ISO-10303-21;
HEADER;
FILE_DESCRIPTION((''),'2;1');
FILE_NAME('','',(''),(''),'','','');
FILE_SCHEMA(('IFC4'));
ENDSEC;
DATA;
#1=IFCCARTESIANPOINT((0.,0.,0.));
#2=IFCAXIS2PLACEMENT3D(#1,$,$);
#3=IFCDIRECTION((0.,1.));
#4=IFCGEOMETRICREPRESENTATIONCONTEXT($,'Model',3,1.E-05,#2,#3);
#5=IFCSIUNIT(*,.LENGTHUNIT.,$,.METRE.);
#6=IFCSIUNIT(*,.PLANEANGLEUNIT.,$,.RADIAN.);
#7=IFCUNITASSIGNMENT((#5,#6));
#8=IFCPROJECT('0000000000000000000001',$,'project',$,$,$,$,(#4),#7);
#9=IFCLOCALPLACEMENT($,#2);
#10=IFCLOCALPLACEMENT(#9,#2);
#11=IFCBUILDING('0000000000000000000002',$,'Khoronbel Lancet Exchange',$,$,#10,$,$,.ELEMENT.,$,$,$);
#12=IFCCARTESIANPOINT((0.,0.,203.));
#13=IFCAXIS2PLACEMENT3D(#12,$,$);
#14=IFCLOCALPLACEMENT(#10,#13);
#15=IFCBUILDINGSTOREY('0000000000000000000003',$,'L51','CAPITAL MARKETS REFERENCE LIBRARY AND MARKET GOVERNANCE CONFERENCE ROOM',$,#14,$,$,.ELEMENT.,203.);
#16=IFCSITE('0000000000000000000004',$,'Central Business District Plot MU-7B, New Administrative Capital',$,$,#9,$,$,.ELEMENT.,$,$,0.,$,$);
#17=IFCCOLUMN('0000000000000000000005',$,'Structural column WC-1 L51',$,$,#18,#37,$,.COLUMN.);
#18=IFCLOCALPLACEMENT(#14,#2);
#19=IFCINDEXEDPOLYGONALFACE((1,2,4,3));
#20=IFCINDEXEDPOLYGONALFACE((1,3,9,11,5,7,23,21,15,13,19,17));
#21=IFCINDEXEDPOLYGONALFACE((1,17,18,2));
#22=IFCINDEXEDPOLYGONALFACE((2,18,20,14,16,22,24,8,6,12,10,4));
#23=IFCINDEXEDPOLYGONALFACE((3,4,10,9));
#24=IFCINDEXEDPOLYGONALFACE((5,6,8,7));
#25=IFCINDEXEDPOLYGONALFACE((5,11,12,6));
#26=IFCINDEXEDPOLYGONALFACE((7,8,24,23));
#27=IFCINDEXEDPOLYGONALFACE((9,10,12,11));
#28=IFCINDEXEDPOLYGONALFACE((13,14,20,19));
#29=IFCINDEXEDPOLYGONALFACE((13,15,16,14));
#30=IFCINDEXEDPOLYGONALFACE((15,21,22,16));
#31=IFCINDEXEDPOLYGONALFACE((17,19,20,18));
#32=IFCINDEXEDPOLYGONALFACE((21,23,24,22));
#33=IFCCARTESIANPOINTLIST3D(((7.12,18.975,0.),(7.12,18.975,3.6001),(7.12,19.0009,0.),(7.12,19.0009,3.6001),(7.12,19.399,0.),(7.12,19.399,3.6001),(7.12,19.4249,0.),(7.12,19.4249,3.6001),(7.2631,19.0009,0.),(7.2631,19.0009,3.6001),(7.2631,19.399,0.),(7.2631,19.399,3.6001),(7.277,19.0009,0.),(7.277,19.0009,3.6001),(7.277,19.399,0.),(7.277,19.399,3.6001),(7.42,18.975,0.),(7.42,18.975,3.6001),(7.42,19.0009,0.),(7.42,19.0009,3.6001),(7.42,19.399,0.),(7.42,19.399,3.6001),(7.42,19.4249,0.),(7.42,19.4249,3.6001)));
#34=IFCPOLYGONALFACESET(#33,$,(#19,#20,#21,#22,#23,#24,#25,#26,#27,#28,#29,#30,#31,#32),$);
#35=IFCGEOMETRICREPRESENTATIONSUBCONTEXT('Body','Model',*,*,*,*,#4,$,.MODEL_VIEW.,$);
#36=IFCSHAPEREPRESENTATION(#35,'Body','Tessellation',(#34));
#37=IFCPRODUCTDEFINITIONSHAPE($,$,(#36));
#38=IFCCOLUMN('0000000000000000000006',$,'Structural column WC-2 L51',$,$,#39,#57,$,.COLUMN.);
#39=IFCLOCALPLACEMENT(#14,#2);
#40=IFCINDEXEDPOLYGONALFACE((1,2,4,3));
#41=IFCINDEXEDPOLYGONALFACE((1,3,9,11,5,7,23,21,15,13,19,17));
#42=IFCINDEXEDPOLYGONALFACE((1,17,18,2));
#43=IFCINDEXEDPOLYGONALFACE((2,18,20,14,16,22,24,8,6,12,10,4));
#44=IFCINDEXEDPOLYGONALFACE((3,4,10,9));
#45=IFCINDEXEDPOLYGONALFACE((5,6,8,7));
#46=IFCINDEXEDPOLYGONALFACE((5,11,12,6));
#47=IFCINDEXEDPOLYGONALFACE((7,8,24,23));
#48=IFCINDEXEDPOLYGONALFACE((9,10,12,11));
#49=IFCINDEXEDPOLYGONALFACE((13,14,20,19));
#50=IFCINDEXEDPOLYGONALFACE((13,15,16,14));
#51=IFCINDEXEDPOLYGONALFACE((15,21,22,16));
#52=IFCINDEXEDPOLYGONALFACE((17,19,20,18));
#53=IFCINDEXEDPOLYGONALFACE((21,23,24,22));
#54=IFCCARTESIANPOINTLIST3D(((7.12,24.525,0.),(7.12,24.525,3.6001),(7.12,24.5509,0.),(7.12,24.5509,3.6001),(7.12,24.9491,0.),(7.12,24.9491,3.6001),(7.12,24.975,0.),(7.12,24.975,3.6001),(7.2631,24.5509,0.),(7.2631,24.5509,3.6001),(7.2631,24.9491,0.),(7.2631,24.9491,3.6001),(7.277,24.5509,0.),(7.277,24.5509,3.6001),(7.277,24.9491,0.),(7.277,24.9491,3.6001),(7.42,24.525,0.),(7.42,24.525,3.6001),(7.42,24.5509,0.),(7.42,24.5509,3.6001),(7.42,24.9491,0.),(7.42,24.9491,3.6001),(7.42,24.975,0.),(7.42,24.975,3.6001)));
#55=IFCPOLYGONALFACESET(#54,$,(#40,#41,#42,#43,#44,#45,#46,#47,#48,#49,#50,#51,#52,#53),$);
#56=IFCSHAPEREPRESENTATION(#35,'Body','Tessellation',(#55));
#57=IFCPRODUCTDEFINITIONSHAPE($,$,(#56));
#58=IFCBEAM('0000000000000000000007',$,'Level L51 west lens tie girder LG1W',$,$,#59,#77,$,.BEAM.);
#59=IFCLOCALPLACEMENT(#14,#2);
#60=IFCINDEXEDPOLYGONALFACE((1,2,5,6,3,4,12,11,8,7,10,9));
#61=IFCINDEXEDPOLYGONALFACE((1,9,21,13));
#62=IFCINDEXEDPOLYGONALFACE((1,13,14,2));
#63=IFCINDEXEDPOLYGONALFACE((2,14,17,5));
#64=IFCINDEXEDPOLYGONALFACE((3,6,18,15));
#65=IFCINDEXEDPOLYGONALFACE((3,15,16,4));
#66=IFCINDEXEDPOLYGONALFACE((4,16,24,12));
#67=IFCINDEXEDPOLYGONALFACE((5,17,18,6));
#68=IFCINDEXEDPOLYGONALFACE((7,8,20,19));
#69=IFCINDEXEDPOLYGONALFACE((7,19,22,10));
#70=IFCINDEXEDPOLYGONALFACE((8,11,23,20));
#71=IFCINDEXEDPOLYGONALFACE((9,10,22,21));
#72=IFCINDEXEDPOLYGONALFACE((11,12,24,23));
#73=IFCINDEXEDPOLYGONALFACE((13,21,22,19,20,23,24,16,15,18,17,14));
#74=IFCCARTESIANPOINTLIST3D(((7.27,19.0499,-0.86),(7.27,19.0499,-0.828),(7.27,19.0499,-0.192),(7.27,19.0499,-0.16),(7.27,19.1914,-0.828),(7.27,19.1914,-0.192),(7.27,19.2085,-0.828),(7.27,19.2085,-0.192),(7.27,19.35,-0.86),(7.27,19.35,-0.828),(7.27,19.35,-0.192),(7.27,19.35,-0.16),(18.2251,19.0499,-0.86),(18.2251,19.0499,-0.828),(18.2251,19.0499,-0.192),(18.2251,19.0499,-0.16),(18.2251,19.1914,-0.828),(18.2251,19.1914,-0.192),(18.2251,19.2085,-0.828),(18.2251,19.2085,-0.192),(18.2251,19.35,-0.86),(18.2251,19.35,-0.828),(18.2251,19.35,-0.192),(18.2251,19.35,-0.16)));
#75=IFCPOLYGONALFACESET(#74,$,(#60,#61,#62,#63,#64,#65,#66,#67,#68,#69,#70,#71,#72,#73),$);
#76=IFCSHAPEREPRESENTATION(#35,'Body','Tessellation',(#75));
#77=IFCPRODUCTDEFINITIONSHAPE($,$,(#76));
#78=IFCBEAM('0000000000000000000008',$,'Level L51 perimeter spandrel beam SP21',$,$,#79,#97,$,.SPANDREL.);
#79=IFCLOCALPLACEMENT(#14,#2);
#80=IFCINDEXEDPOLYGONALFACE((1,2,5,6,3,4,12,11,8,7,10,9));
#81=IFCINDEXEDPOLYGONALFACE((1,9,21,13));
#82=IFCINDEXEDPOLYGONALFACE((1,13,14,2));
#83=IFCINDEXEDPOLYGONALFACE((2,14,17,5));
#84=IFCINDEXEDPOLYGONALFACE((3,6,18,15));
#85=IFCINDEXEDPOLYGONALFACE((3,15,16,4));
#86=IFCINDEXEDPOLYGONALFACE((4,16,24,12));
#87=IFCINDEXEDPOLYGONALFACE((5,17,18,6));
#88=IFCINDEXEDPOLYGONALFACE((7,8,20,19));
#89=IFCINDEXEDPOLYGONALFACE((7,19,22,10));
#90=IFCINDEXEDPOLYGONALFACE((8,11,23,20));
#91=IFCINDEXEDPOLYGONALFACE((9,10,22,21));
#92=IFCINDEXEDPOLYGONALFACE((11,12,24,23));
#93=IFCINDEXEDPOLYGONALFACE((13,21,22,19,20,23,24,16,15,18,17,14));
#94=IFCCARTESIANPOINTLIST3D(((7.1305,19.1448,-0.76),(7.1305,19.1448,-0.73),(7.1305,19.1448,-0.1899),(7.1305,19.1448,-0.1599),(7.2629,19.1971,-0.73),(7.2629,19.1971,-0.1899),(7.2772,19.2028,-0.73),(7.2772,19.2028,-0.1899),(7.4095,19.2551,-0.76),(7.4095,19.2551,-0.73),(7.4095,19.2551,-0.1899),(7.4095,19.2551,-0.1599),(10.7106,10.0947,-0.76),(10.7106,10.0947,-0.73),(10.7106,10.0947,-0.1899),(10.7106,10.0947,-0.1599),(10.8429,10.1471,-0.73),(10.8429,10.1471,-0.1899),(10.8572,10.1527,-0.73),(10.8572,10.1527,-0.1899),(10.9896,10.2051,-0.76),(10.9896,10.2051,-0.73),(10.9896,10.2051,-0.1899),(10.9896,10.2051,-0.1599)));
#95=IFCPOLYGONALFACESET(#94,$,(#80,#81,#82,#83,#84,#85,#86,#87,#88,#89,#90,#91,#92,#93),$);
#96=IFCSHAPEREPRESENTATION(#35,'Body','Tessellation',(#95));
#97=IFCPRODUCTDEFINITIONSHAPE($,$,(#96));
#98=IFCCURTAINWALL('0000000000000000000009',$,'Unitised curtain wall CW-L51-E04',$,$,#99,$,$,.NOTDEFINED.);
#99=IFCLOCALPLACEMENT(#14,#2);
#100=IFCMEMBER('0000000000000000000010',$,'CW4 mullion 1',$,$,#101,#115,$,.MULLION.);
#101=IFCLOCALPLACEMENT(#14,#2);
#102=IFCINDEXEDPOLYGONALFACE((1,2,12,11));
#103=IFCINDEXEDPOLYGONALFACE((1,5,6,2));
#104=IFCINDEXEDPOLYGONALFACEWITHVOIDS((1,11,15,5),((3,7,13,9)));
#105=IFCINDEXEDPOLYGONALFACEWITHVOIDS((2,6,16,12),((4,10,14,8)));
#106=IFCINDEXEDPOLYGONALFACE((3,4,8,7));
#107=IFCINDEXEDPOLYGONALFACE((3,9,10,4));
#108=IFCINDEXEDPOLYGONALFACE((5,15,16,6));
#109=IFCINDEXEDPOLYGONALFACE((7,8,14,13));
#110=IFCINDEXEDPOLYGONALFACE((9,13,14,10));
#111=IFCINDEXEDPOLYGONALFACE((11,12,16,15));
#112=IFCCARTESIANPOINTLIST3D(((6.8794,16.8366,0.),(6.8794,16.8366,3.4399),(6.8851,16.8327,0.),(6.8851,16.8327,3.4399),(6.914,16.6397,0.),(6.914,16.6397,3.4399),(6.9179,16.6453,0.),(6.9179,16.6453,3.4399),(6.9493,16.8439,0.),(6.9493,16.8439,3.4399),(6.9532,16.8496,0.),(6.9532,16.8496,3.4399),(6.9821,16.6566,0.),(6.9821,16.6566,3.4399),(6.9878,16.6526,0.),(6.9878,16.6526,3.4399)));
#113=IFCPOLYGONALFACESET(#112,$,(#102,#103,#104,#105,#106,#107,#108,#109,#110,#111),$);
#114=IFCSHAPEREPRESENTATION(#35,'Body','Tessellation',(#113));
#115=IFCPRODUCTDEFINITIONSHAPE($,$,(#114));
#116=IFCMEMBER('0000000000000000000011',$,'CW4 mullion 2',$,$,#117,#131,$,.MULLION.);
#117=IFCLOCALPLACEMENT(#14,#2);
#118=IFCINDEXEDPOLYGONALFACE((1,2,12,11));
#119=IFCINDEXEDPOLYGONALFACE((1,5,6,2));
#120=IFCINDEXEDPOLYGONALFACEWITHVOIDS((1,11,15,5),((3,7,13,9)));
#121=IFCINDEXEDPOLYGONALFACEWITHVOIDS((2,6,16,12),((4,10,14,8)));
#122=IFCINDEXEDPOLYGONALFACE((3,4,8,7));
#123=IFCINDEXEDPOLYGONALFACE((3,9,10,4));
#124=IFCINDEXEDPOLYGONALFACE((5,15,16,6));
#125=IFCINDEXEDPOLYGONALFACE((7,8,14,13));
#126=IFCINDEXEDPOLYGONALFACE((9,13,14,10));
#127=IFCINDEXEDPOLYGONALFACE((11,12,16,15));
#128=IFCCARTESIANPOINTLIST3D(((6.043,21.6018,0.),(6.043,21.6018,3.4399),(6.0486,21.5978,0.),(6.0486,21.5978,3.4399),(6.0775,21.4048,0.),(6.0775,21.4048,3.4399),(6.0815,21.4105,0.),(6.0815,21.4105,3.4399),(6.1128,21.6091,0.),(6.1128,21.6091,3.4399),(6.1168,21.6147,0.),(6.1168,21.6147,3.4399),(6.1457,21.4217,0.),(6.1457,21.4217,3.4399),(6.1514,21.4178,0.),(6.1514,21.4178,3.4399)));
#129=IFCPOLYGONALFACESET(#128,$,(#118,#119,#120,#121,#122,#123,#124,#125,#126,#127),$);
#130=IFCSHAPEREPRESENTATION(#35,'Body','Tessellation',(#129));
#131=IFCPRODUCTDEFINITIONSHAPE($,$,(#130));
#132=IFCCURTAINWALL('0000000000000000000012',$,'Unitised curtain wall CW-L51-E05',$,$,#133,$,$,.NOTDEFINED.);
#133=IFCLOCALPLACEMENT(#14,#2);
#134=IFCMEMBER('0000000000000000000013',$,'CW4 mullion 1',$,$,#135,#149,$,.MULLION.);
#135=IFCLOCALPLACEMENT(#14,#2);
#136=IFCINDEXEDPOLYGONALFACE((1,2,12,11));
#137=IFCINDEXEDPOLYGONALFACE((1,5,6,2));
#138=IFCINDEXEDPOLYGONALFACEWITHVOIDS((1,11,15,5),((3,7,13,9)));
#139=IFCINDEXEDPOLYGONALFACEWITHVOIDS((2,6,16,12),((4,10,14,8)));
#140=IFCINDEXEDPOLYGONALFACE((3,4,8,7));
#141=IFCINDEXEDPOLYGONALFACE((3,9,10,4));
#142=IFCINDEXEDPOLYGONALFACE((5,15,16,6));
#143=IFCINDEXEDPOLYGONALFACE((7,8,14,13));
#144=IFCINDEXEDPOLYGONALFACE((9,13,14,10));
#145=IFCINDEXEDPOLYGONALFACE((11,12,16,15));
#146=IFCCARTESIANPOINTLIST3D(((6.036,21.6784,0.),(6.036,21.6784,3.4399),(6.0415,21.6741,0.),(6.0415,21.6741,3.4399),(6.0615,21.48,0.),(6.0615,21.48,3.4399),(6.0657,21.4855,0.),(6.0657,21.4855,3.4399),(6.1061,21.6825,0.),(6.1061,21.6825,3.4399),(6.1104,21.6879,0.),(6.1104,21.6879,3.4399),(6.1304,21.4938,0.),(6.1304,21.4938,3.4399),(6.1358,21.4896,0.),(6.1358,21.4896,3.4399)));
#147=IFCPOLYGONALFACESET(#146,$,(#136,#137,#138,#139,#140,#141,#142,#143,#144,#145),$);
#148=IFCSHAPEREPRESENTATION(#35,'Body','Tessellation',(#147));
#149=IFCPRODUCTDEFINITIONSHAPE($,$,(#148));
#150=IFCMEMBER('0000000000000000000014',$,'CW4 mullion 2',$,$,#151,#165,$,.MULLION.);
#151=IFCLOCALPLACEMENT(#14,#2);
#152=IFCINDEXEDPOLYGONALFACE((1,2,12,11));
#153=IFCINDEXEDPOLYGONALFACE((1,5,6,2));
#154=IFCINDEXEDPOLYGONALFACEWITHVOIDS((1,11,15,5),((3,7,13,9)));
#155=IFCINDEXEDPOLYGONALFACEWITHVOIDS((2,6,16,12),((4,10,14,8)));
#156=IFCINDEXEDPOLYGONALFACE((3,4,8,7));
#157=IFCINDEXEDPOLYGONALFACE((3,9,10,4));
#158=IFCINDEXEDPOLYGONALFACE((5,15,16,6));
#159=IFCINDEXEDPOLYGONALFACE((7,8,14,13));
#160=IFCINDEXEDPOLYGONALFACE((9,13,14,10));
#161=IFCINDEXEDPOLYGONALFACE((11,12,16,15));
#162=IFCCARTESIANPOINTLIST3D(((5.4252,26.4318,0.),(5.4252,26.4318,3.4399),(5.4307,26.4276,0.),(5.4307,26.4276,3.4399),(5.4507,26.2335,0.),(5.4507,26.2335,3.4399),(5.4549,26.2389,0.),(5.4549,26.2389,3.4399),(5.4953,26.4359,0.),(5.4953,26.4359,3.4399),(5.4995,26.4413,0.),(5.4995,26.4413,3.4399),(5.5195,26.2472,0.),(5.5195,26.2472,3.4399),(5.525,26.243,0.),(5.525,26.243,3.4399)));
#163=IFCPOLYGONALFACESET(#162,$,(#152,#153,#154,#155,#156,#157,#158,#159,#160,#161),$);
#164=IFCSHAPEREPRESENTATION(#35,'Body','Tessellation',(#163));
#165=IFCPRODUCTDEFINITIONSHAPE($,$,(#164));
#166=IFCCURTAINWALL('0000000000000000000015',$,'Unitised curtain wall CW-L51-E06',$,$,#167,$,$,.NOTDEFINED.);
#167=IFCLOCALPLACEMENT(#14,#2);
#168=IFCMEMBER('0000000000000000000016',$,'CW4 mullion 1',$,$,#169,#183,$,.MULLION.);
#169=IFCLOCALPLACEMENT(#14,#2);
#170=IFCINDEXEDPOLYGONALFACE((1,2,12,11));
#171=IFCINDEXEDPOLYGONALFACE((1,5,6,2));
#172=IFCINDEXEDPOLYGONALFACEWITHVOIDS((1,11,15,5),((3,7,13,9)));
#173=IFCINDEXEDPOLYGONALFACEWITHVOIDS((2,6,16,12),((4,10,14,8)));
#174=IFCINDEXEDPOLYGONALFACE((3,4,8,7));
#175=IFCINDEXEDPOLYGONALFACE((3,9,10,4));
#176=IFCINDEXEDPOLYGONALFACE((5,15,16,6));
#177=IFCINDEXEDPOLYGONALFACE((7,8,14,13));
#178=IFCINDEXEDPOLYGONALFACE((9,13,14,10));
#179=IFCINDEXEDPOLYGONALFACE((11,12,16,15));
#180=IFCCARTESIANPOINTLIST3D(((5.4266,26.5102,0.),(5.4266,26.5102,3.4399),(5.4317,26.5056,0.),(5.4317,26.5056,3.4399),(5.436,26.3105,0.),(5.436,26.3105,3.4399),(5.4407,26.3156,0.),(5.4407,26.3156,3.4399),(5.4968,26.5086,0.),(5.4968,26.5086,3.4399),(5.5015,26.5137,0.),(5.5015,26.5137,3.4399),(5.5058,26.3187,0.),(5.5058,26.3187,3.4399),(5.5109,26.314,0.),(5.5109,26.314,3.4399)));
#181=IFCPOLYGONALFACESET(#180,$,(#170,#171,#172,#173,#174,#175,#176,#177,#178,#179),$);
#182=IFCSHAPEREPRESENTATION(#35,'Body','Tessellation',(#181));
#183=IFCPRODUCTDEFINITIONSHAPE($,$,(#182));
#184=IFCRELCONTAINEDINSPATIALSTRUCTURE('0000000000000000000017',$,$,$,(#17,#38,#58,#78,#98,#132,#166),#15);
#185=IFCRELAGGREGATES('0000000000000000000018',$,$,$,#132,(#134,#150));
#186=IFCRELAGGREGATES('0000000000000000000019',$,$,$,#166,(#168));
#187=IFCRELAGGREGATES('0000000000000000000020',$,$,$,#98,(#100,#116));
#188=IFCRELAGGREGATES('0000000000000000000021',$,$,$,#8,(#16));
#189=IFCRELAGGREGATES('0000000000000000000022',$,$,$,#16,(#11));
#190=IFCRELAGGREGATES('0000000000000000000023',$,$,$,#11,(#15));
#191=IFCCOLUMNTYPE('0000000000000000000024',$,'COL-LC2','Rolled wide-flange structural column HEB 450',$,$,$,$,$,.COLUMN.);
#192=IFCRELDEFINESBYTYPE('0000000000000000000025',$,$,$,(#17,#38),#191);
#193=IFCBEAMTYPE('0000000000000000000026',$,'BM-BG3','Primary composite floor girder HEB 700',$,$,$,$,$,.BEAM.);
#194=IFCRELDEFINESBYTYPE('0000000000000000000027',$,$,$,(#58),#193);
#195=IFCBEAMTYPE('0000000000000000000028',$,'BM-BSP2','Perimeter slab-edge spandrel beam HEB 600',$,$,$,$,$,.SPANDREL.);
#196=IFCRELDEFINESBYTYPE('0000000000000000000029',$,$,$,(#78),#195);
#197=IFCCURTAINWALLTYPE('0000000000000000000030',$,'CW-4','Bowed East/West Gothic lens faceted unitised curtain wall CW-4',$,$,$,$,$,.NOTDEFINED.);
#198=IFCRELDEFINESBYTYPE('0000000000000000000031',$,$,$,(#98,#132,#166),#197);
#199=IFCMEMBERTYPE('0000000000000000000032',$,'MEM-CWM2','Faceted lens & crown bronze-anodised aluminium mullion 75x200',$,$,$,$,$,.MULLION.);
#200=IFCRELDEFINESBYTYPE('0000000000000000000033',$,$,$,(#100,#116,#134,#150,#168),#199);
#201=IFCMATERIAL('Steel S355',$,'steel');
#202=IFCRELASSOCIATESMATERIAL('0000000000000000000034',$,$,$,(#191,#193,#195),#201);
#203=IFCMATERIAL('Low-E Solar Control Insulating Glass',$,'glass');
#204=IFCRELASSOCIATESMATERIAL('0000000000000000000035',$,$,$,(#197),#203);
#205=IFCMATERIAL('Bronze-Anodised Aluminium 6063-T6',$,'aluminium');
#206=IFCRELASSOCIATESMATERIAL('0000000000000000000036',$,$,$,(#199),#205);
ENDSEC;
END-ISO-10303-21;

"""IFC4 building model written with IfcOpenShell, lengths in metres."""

from ifc_helpers import new_model, si_unit, direction, frame, origin, origin_2d, place, context, subcontext, project, spatial, hollow_rectangle, i_section, extrude, material, material_profile, profile_set, type_object, element, aggregate, save


model = new_model("IFC4")

# Units and contexts
model_context = context("Model", 3, precision=1e-05, world=origin(), true_north=direction((0.0, 1.0)))
body_context = subcontext(model_context, "Body", "Model", "MODEL_VIEW")
ifc_project = project(units=[si_unit("LENGTHUNIT", "METRE"), si_unit("PLANEANGLEUNIT", "RADIAN")], contexts=[model_context])

# Site, building, storey
site_placement = place(None, origin())
site = spatial("IfcSite", under=ifc_project, at=site_placement, Name="Central Business District Plot MU-7B, New Administrative Capital", CompositionType="ELEMENT", RefElevation=0.0)
building_placement = place(site_placement, origin())
building = spatial("IfcBuilding", under=site, at=building_placement, Name="Khoronbel Lancet Exchange", CompositionType="ELEMENT")
storey_placement = place(building_placement, frame((0.0, 0.0, 203.0)))
storey = spatial("IfcBuildingStorey", under=building, at=storey_placement, Name="L51", Description="CAPITAL MARKETS REFERENCE LIBRARY AND MARKET GOVERNANCE CONFERENCE ROOM", CompositionType="ELEMENT", Elevation=203.0)

# Columns
ifc_material_1 = material(Name="Steel S355", Category="steel")
ifc_material_profile_1 = material_profile(ifc_material_1, i_section(OverallWidth=0.3, OverallDepth=0.45, WebThickness=0.0139, FlangeThickness=0.0259, at=origin_2d()), Name="HEB 450")
ifc_profile_set_1 = profile_set([ifc_material_profile_1], Name="Steel S355")
column_type = type_object("IfcColumnType", Name="COL-LC2", Description="Rolled wide-flange structural column HEB 450", PredefinedType="COLUMN", material=ifc_profile_set_1)
for number, where, z_axis, x_axis, name in (
    (1, (7.27, 19.2, 0.0), (0.0, 0.0, 1.0), (1.0, 0.0, 0.0), "Structural column WC-1 L51"),
    (2, (7.27, 24.75, 0.0), (0.0, 0.0, 1.0), (1.0, 0.0, 0.0), "Structural column WC-2 L51"),
):
    element("IfcColumn", number, at=place(storey_placement, frame(where, z_axis=z_axis, x_axis=x_axis)), inside=storey, type_object=column_type, Name=name, PredefinedType="COLUMN", context=body_context, shape_type="SweptSolid", body=[
        extrude(i_section(OverallWidth=0.3, OverallDepth=0.45, WebThickness=0.0139, FlangeThickness=0.0259, at=origin_2d()), origin(), (0.0, 0.0, 1.0), 3.6001),
    ])

# Beams
ifc_material_profile_2 = material_profile(ifc_material_1, i_section(OverallWidth=0.3, OverallDepth=0.7, WebThickness=0.0171, FlangeThickness=0.032, at=origin_2d()), Name="HEB 700")
ifc_profile_set_2 = profile_set([ifc_material_profile_2], Name="Steel S355")
beam_type_1 = type_object("IfcBeamType", Name="BM-BG3", Description="Primary composite floor girder HEB 700", PredefinedType="BEAM", material=ifc_profile_set_2)
beam_1_placement = place(storey_placement, frame((7.27, 19.2, -0.51), z_axis=(1.0, 0.0, 0.0), x_axis=(0.0, 1.0, 0.0)))
element("IfcBeam", 3, at=beam_1_placement, inside=storey, type_object=beam_type_1, Name="Level L51 west lens tie girder LG1W", PredefinedType="BEAM", context=body_context, shape_type="SweptSolid", body=[
    extrude(i_section(OverallWidth=0.3, OverallDepth=0.7, WebThickness=0.0171, FlangeThickness=0.032, at=origin_2d()), origin(), (0.0, 0.0, 1.0), 10.9551),
])
ifc_material_profile_3 = material_profile(ifc_material_1, i_section(OverallWidth=0.3, OverallDepth=0.6001, WebThickness=0.0154, FlangeThickness=0.03, at=origin_2d()), Name="HEB 600")
ifc_profile_set_3 = profile_set([ifc_material_profile_3], Name="Steel S355")
beam_type_2 = type_object("IfcBeamType", Name="BM-BSP2", Description="Perimeter slab-edge spandrel beam HEB 600", PredefinedType="SPANDREL", material=ifc_profile_set_3)
beam_2_placement = place(storey_placement, frame((7.27, 19.2, -0.46), z_axis=(0.36785, -0.929885, 0.0), x_axis=(0.929885, 0.36785, 0.0)))
element("IfcBeam", 4, at=beam_2_placement, inside=storey, type_object=beam_type_2, Name="Level L51 perimeter spandrel beam SP21", PredefinedType="SPANDREL", context=body_context, shape_type="SweptSolid", body=[
    extrude(i_section(OverallWidth=0.3, OverallDepth=0.6001, WebThickness=0.0154, FlangeThickness=0.03, at=origin_2d()), origin(), (0.0, 0.0, 1.0), 9.7324),
])

# Curtain walls, members
ifc_material_2 = material(Name="Low-E Solar Control Insulating Glass", Category="glass")
curtain_wall_type = type_object("IfcCurtainWallType", Name="CW-4", Description="Bowed East/West Gothic lens faceted unitised curtain wall CW-4", PredefinedType="NOTDEFINED", material=ifc_material_2)
curtain_wall_1_placement = place(storey_placement, origin())
curtain_wall_1 = element("IfcCurtainWall", 5, at=curtain_wall_1_placement, inside=storey, type_object=curtain_wall_type, Name="Unitised curtain wall CW-L51-E04", PredefinedType="NOTDEFINED")
ifc_material_3 = material(Name="Bronze-Anodised Aluminium 6063-T6", Category="aluminium")
ifc_material_profile_4 = material_profile(ifc_material_3, hollow_rectangle(XDim=0.075, YDim=0.2, WallThickness=0.0049, at=origin_2d()), Name="ALU MULLION 75x200")
ifc_profile_set_4 = profile_set([ifc_material_profile_4], Name="Bronze-Anodised Aluminium 6063-T6")
member_type_1 = type_object("IfcMemberType", Name="MEM-CWM2", Description="Faceted lens & crown bronze-anodised aluminium mullion 75x200", PredefinedType="MULLION", material=ifc_profile_set_4)
member_1_placement = place(storey_placement, frame((6.9336, 16.7446, 0.0), z_axis=(0.0, 0.0, 1.0), x_axis=(-0.984945, -0.172869, 0.0)))
member_1 = element("IfcMember", 6, at=member_1_placement, type_object=member_type_1, Name="CW4 mullion 1", PredefinedType="MULLION", context=body_context, shape_type="SweptSolid", body=[
    extrude(hollow_rectangle(XDim=0.075, YDim=0.2, WallThickness=0.0049, at=origin_2d()), origin(), (0.0, 0.0, 1.0), 3.4399),
])
member_2_placement = place(storey_placement, frame((6.0972, 21.5098, 0.0), z_axis=(0.0, 0.0, 1.0), x_axis=(-0.984945, -0.172869, 0.0)))
member_2 = element("IfcMember", 7, at=member_2_placement, type_object=member_type_1, Name="CW4 mullion 2", PredefinedType="MULLION", context=body_context, shape_type="SweptSolid", body=[
    extrude(hollow_rectangle(XDim=0.075, YDim=0.2, WallThickness=0.0049, at=origin_2d()), origin(), (0.0, 0.0, 1.0), 3.4399),
])
curtain_wall_2_placement = place(storey_placement, origin())
curtain_wall_2 = element("IfcCurtainWall", 8, at=curtain_wall_2_placement, inside=storey, type_object=curtain_wall_type, Name="Unitised curtain wall CW-L51-E05", PredefinedType="NOTDEFINED")
member_3_placement = place(storey_placement, frame((6.0859, 21.584, 0.0), z_axis=(0.0, 0.0, 1.0), x_axis=(-0.991847, -0.127437, 0.0)))
member_3 = element("IfcMember", 9, at=member_3_placement, type_object=member_type_1, Name="CW4 mullion 1", PredefinedType="MULLION", context=body_context, shape_type="SweptSolid", body=[
    extrude(hollow_rectangle(XDim=0.075, YDim=0.2, WallThickness=0.0049, at=origin_2d()), origin(), (0.0, 0.0, 1.0), 3.4399),
])
member_4_placement = place(storey_placement, frame((5.4751, 26.3374, 0.0), z_axis=(0.0, 0.0, 1.0), x_axis=(-0.991847, -0.127437, 0.0)))
member_4 = element("IfcMember", 10, at=member_4_placement, type_object=member_type_1, Name="CW4 mullion 2", PredefinedType="MULLION", context=body_context, shape_type="SweptSolid", body=[
    extrude(hollow_rectangle(XDim=0.075, YDim=0.2, WallThickness=0.0049, at=origin_2d()), origin(), (0.0, 0.0, 1.0), 3.4399),
])
curtain_wall_3_placement = place(storey_placement, origin())
curtain_wall_3 = element("IfcCurtainWall", 11, at=curtain_wall_3_placement, inside=storey, type_object=curtain_wall_type, Name="Unitised curtain wall CW-L51-E06", PredefinedType="NOTDEFINED")
member_5_placement = place(storey_placement, frame((5.4688, 26.4121, 0.0), z_axis=(0.0, 0.0, 1.0), x_axis=(-0.998896, -0.04697, 0.0)))
member_5 = element("IfcMember", 12, at=member_5_placement, type_object=member_type_1, Name="CW4 mullion 1", PredefinedType="MULLION", context=body_context, shape_type="SweptSolid", body=[
    extrude(hollow_rectangle(XDim=0.075, YDim=0.2, WallThickness=0.0049, at=origin_2d()), origin(), (0.0, 0.0, 1.0), 3.4399),
])

aggregate(curtain_wall_2, [member_3, member_4])
aggregate(curtain_wall_3, [member_5])
aggregate(curtain_wall_1, [member_1, member_2])

save(model, "model.ifc")
